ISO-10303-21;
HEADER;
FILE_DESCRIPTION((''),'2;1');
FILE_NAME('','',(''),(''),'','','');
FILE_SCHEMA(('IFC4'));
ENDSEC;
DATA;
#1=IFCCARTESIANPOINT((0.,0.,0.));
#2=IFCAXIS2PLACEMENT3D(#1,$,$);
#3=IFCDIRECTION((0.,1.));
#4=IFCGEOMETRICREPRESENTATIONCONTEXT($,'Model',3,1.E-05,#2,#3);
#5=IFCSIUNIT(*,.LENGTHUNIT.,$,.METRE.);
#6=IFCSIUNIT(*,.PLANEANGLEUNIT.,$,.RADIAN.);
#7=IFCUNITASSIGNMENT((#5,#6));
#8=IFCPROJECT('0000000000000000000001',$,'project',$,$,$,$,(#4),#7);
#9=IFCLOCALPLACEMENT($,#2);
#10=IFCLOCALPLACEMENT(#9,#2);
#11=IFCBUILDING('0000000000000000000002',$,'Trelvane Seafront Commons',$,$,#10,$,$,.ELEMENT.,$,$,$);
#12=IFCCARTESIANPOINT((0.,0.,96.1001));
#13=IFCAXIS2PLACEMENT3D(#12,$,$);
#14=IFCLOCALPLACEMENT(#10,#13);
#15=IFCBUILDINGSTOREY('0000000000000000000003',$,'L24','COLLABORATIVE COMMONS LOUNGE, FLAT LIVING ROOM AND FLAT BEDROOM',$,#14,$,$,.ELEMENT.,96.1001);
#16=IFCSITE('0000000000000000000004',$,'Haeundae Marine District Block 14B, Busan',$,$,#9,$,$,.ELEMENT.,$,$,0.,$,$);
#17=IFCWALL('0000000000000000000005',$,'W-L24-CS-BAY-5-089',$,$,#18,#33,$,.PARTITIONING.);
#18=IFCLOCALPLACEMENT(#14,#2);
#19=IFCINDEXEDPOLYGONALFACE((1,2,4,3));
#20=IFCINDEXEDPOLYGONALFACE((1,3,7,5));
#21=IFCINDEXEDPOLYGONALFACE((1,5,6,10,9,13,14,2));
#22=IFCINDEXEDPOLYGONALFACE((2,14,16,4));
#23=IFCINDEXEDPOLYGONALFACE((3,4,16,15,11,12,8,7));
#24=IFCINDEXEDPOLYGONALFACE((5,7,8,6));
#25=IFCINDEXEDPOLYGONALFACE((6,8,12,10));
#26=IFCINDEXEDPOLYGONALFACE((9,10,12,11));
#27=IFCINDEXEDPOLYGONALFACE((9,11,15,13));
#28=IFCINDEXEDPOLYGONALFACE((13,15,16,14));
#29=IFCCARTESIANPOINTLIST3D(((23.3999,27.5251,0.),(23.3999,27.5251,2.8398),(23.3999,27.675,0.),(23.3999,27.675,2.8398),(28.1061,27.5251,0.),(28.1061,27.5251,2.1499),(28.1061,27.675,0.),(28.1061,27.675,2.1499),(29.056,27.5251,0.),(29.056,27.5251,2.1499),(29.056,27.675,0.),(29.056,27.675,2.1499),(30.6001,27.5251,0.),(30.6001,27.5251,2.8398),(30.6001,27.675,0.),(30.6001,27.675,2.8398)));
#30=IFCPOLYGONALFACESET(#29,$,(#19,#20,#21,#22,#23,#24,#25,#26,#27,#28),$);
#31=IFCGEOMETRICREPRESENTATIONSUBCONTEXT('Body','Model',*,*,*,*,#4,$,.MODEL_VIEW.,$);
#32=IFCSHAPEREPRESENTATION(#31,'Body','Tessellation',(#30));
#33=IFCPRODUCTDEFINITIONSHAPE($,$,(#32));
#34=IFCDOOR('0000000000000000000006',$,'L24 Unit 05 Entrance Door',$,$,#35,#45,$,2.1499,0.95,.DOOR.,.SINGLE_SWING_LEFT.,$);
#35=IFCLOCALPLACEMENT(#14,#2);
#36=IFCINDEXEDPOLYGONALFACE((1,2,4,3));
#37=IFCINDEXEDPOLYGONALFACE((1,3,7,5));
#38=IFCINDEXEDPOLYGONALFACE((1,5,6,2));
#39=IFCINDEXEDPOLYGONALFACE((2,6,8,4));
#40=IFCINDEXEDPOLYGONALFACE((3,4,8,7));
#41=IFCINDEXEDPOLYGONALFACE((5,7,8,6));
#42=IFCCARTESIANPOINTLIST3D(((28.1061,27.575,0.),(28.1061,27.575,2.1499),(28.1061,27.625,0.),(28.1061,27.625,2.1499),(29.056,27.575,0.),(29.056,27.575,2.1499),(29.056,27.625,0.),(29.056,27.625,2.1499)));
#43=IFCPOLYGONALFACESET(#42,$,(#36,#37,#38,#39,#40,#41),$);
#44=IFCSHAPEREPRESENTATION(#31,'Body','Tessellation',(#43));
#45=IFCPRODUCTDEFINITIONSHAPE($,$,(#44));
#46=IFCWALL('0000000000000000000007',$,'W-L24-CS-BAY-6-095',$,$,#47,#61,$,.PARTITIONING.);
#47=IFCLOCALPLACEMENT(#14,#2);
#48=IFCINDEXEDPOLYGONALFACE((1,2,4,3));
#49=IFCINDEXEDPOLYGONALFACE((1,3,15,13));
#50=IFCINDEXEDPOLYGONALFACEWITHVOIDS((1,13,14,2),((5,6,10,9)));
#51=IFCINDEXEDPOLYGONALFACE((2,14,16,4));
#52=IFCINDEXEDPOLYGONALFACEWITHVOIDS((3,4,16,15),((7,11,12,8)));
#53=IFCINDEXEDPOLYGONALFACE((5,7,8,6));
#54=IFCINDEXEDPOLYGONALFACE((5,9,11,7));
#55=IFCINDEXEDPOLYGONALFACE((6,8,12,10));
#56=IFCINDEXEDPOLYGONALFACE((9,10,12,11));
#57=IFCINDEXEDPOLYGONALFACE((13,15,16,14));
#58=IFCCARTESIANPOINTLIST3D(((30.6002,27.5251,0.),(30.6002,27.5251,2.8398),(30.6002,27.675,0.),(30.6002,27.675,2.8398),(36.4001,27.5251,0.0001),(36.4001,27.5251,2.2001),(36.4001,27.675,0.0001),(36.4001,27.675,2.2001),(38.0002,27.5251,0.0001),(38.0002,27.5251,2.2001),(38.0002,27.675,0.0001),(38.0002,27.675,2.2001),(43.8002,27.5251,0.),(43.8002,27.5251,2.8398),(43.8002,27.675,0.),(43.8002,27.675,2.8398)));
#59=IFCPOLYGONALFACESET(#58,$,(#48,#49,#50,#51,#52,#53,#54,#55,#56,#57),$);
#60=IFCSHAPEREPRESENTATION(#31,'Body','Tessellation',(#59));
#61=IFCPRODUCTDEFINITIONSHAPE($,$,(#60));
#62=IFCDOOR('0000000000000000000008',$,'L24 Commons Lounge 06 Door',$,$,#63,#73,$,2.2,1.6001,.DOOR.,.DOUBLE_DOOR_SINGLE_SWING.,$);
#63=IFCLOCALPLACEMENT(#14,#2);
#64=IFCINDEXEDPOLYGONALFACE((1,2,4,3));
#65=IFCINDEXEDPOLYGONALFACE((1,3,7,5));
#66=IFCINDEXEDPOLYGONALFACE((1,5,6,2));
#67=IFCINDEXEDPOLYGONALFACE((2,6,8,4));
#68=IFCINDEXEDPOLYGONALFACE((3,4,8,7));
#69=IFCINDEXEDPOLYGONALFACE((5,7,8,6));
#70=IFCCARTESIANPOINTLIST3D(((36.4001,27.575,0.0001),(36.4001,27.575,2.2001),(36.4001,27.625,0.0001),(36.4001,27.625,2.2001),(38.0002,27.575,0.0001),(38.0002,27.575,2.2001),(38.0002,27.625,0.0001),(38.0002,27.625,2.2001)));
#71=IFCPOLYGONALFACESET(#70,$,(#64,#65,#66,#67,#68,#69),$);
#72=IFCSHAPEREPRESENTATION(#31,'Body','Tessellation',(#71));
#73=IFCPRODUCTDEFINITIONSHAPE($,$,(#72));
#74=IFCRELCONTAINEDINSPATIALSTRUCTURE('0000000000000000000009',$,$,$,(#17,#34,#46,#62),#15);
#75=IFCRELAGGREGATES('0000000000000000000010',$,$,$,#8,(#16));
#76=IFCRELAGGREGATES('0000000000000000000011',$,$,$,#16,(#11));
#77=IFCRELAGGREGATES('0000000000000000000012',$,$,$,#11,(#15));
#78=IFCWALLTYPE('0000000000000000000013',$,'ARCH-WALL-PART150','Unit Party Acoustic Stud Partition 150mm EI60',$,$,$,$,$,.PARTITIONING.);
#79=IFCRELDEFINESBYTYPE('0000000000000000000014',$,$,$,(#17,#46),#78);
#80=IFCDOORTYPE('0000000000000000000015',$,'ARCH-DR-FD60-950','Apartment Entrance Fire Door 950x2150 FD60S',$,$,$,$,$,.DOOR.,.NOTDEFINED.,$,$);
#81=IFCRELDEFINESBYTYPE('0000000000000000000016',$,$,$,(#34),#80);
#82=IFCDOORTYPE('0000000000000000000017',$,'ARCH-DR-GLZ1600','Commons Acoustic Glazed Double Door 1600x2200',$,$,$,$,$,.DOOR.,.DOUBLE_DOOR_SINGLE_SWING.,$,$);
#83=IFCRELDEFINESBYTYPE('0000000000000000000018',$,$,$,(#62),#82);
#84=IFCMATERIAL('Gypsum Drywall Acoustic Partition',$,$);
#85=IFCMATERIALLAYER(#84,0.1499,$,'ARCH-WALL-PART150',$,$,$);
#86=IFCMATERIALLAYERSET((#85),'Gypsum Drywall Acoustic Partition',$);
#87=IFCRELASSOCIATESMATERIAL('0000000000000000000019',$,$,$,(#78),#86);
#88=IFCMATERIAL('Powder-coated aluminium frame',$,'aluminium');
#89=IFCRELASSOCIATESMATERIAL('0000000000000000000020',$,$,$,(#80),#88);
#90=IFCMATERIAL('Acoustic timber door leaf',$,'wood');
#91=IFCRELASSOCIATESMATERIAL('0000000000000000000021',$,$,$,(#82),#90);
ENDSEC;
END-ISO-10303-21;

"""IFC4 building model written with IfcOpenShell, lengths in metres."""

from ifc_helpers import new_model, si_unit, direction, frame, frame_2d, origin, place, context, subcontext, project, spatial, rectangle, extrude, source, transform, mapped, material, layer, layer_set, type_object, element, fill, save


model = new_model("IFC4")

# Units and contexts
model_context = context("Model", 3, precision=1e-05, world=origin(), true_north=direction((0.0, 1.0)))
body_context = subcontext(model_context, "Body", "Model", "MODEL_VIEW")
ifc_project = project(units=[si_unit("LENGTHUNIT", "METRE"), si_unit("PLANEANGLEUNIT", "RADIAN")], contexts=[model_context])

# Site, building, storey
site_placement = place(None, origin())
site = spatial("IfcSite", under=ifc_project, at=site_placement, Name="Haeundae Marine District Block 14B, Busan", CompositionType="ELEMENT", RefElevation=0.0)
building_placement = place(site_placement, origin())
building = spatial("IfcBuilding", under=site, at=building_placement, Name="Trelvane Seafront Commons", CompositionType="ELEMENT")
storey_placement = place(building_placement, frame((0.0, 0.0, 96.1001)))
storey = spatial("IfcBuildingStorey", under=building, at=storey_placement, Name="L24", Description="COLLABORATIVE COMMONS LOUNGE, FLAT LIVING ROOM AND FLAT BEDROOM", CompositionType="ELEMENT", Elevation=96.1001)

# Shared definitions
ifc_material_1 = material(Name="Gypsum Drywall Acoustic Partition")
ifc_material_2 = material(Name="Acoustic timber door leaf", Category="wood")
shared_shape_1 = source(origin(), body_context, "Body", "SweptSolid", [
    extrude(rectangle(XDim=0.95, YDim=2.1499, at=frame_2d((0.4751, 1.075))), frame((0.0, 0.0249, 0.0), z_axis=(0.0, -1.0, 0.0), x_axis=(1.0, 0.0, 0.0)), (0.0, 0.0, 1.0), 0.05),
])

# Walls, openings, doors
ifc_layer_1 = layer(ifc_material_1, 0.1499, Name="ARCH-WALL-PART150")
ifc_layer_set_1 = layer_set([ifc_layer_1], Name="Gypsum Drywall Acoustic Partition")
wall_type_1 = type_object("IfcWallType", Name="ARCH-WALL-PART150", Description="Unit Party Acoustic Stud Partition 150mm EI60", PredefinedType="PARTITIONING", material=ifc_layer_set_1)
ifc_material_3 = material(Name="Powder-coated aluminium frame", Category="aluminium")
door_type_1 = type_object("IfcDoorType", Name="ARCH-DR-FD60-950", Description="Apartment Entrance Fire Door 950x2150 FD60S", OperationType="NOTDEFINED", PredefinedType="DOOR", material=ifc_material_3)
wall_1_placement = place(storey_placement, frame((23.3999, 27.6001, 0.0), z_axis=(0.0, 0.0, 1.0), x_axis=(1.0, 0.0, 0.0)))
wall_1 = element("IfcWall", 1, at=wall_1_placement, inside=storey, type_object=wall_type_1, Name="W-L24-CS-BAY-5-089", PredefinedType="PARTITIONING", context=body_context, shape_type="SweptSolid", body=[
    extrude(rectangle(XDim=7.2002, YDim=0.1499, at=frame_2d((3.6001, 0.0))), origin(), (0.0, 0.0, 1.0), 2.8398),
])
opening_1_placement = place(wall_1_placement, frame((4.7061, 0.0, 0.0)))
opening_1 = element("IfcOpeningElement", 2, at=opening_1_placement, cuts=wall_1, PredefinedType="OPENING", context=body_context, shape_type="SweptSolid", body=[
    extrude(rectangle(XDim=0.95, YDim=2.1499, at=frame_2d((0.4751, 1.075))), frame((0.0, 0.085, 0.0), z_axis=(0.0, -1.0, 0.0), x_axis=(1.0, 0.0, 0.0)), (0.0, 0.0, 1.0), 0.1699),
])
door_1_placement = place(opening_1_placement, origin())
door_1 = element("IfcDoor", 3, at=door_1_placement, inside=storey, type_object=door_type_1, Name="L24 Unit 05 Entrance Door", OperationType="SINGLE_SWING_LEFT", OverallHeight=2.1499, OverallWidth=0.95, PredefinedType="DOOR", context=body_context, shape_type="MappedRepresentation", body=[
    mapped(shared_shape_1, transform((0.0, 0.0, 0.0), x_axis=(1.0, 0.0, 0.0), y_axis=(0.0, 1.0, 0.0), z_axis=(0.0, 0.0, 1.0), scale=1.0)),
])
fill(opening_1, door_1)
wall_2_placement = place(storey_placement, frame((30.6001, 27.6001, 0.0), z_axis=(0.0, 0.0, 1.0), x_axis=(1.0, 0.0, 0.0)))
wall_2 = element("IfcWall", 4, at=wall_2_placement, inside=storey, type_object=wall_type_1, Name="W-L24-CS-BAY-6-095", PredefinedType="PARTITIONING", context=body_context, shape_type="SweptSolid", body=[
    extrude(rectangle(XDim=13.2, YDim=0.1499, at=frame_2d((6.6001, 0.0))), origin(), (0.0, 0.0, 1.0), 2.8398),
])
opening_2_placement = place(wall_2_placement, frame((5.8, 0.0, 0.0)))
opening_2 = element("IfcOpeningElement", 5, at=opening_2_placement, cuts=wall_2, PredefinedType="OPENING", context=body_context, shape_type="SweptSolid", body=[
    extrude(rectangle(XDim=1.6001, YDim=2.2, at=frame_2d((0.8, 1.1001))), frame((0.0, 0.085, 0.0), z_axis=(0.0, -1.0, 0.0), x_axis=(1.0, 0.0, 0.0)), (0.0, 0.0, 1.0), 0.1699),
])
door_type_2 = type_object("IfcDoorType", Name="ARCH-DR-GLZ1600", Description="Commons Acoustic Glazed Double Door 1600x2200", OperationType="DOUBLE_DOOR_SINGLE_SWING", PredefinedType="DOOR", material=ifc_material_2)
shared_shape_2 = source(origin(), body_context, "Body", "SweptSolid", [
    extrude(rectangle(XDim=1.6001, YDim=2.2, at=frame_2d((0.8, 1.1001))), frame((0.0, 0.0249, 0.0), z_axis=(0.0, -1.0, 0.0), x_axis=(1.0, 0.0, 0.0)), (0.0, 0.0, 1.0), 0.05),
])
door_2_placement = place(opening_2_placement, origin())
door_2 = element("IfcDoor", 6, at=door_2_placement, inside=storey, type_object=door_type_2, Name="L24 Commons Lounge 06 Door", OperationType="DOUBLE_DOOR_SINGLE_SWING", OverallHeight=2.2, OverallWidth=1.6001, PredefinedType="DOOR", context=body_context, shape_type="MappedRepresentation", body=[
    mapped(shared_shape_2, transform((0.0, 0.0, 0.0), x_axis=(1.0, 0.0, 0.0), y_axis=(0.0, 1.0, 0.0), z_axis=(0.0, 0.0, 1.0), scale=1.0)),
])
fill(opening_2, door_2)

save(model, "model.ifc")
